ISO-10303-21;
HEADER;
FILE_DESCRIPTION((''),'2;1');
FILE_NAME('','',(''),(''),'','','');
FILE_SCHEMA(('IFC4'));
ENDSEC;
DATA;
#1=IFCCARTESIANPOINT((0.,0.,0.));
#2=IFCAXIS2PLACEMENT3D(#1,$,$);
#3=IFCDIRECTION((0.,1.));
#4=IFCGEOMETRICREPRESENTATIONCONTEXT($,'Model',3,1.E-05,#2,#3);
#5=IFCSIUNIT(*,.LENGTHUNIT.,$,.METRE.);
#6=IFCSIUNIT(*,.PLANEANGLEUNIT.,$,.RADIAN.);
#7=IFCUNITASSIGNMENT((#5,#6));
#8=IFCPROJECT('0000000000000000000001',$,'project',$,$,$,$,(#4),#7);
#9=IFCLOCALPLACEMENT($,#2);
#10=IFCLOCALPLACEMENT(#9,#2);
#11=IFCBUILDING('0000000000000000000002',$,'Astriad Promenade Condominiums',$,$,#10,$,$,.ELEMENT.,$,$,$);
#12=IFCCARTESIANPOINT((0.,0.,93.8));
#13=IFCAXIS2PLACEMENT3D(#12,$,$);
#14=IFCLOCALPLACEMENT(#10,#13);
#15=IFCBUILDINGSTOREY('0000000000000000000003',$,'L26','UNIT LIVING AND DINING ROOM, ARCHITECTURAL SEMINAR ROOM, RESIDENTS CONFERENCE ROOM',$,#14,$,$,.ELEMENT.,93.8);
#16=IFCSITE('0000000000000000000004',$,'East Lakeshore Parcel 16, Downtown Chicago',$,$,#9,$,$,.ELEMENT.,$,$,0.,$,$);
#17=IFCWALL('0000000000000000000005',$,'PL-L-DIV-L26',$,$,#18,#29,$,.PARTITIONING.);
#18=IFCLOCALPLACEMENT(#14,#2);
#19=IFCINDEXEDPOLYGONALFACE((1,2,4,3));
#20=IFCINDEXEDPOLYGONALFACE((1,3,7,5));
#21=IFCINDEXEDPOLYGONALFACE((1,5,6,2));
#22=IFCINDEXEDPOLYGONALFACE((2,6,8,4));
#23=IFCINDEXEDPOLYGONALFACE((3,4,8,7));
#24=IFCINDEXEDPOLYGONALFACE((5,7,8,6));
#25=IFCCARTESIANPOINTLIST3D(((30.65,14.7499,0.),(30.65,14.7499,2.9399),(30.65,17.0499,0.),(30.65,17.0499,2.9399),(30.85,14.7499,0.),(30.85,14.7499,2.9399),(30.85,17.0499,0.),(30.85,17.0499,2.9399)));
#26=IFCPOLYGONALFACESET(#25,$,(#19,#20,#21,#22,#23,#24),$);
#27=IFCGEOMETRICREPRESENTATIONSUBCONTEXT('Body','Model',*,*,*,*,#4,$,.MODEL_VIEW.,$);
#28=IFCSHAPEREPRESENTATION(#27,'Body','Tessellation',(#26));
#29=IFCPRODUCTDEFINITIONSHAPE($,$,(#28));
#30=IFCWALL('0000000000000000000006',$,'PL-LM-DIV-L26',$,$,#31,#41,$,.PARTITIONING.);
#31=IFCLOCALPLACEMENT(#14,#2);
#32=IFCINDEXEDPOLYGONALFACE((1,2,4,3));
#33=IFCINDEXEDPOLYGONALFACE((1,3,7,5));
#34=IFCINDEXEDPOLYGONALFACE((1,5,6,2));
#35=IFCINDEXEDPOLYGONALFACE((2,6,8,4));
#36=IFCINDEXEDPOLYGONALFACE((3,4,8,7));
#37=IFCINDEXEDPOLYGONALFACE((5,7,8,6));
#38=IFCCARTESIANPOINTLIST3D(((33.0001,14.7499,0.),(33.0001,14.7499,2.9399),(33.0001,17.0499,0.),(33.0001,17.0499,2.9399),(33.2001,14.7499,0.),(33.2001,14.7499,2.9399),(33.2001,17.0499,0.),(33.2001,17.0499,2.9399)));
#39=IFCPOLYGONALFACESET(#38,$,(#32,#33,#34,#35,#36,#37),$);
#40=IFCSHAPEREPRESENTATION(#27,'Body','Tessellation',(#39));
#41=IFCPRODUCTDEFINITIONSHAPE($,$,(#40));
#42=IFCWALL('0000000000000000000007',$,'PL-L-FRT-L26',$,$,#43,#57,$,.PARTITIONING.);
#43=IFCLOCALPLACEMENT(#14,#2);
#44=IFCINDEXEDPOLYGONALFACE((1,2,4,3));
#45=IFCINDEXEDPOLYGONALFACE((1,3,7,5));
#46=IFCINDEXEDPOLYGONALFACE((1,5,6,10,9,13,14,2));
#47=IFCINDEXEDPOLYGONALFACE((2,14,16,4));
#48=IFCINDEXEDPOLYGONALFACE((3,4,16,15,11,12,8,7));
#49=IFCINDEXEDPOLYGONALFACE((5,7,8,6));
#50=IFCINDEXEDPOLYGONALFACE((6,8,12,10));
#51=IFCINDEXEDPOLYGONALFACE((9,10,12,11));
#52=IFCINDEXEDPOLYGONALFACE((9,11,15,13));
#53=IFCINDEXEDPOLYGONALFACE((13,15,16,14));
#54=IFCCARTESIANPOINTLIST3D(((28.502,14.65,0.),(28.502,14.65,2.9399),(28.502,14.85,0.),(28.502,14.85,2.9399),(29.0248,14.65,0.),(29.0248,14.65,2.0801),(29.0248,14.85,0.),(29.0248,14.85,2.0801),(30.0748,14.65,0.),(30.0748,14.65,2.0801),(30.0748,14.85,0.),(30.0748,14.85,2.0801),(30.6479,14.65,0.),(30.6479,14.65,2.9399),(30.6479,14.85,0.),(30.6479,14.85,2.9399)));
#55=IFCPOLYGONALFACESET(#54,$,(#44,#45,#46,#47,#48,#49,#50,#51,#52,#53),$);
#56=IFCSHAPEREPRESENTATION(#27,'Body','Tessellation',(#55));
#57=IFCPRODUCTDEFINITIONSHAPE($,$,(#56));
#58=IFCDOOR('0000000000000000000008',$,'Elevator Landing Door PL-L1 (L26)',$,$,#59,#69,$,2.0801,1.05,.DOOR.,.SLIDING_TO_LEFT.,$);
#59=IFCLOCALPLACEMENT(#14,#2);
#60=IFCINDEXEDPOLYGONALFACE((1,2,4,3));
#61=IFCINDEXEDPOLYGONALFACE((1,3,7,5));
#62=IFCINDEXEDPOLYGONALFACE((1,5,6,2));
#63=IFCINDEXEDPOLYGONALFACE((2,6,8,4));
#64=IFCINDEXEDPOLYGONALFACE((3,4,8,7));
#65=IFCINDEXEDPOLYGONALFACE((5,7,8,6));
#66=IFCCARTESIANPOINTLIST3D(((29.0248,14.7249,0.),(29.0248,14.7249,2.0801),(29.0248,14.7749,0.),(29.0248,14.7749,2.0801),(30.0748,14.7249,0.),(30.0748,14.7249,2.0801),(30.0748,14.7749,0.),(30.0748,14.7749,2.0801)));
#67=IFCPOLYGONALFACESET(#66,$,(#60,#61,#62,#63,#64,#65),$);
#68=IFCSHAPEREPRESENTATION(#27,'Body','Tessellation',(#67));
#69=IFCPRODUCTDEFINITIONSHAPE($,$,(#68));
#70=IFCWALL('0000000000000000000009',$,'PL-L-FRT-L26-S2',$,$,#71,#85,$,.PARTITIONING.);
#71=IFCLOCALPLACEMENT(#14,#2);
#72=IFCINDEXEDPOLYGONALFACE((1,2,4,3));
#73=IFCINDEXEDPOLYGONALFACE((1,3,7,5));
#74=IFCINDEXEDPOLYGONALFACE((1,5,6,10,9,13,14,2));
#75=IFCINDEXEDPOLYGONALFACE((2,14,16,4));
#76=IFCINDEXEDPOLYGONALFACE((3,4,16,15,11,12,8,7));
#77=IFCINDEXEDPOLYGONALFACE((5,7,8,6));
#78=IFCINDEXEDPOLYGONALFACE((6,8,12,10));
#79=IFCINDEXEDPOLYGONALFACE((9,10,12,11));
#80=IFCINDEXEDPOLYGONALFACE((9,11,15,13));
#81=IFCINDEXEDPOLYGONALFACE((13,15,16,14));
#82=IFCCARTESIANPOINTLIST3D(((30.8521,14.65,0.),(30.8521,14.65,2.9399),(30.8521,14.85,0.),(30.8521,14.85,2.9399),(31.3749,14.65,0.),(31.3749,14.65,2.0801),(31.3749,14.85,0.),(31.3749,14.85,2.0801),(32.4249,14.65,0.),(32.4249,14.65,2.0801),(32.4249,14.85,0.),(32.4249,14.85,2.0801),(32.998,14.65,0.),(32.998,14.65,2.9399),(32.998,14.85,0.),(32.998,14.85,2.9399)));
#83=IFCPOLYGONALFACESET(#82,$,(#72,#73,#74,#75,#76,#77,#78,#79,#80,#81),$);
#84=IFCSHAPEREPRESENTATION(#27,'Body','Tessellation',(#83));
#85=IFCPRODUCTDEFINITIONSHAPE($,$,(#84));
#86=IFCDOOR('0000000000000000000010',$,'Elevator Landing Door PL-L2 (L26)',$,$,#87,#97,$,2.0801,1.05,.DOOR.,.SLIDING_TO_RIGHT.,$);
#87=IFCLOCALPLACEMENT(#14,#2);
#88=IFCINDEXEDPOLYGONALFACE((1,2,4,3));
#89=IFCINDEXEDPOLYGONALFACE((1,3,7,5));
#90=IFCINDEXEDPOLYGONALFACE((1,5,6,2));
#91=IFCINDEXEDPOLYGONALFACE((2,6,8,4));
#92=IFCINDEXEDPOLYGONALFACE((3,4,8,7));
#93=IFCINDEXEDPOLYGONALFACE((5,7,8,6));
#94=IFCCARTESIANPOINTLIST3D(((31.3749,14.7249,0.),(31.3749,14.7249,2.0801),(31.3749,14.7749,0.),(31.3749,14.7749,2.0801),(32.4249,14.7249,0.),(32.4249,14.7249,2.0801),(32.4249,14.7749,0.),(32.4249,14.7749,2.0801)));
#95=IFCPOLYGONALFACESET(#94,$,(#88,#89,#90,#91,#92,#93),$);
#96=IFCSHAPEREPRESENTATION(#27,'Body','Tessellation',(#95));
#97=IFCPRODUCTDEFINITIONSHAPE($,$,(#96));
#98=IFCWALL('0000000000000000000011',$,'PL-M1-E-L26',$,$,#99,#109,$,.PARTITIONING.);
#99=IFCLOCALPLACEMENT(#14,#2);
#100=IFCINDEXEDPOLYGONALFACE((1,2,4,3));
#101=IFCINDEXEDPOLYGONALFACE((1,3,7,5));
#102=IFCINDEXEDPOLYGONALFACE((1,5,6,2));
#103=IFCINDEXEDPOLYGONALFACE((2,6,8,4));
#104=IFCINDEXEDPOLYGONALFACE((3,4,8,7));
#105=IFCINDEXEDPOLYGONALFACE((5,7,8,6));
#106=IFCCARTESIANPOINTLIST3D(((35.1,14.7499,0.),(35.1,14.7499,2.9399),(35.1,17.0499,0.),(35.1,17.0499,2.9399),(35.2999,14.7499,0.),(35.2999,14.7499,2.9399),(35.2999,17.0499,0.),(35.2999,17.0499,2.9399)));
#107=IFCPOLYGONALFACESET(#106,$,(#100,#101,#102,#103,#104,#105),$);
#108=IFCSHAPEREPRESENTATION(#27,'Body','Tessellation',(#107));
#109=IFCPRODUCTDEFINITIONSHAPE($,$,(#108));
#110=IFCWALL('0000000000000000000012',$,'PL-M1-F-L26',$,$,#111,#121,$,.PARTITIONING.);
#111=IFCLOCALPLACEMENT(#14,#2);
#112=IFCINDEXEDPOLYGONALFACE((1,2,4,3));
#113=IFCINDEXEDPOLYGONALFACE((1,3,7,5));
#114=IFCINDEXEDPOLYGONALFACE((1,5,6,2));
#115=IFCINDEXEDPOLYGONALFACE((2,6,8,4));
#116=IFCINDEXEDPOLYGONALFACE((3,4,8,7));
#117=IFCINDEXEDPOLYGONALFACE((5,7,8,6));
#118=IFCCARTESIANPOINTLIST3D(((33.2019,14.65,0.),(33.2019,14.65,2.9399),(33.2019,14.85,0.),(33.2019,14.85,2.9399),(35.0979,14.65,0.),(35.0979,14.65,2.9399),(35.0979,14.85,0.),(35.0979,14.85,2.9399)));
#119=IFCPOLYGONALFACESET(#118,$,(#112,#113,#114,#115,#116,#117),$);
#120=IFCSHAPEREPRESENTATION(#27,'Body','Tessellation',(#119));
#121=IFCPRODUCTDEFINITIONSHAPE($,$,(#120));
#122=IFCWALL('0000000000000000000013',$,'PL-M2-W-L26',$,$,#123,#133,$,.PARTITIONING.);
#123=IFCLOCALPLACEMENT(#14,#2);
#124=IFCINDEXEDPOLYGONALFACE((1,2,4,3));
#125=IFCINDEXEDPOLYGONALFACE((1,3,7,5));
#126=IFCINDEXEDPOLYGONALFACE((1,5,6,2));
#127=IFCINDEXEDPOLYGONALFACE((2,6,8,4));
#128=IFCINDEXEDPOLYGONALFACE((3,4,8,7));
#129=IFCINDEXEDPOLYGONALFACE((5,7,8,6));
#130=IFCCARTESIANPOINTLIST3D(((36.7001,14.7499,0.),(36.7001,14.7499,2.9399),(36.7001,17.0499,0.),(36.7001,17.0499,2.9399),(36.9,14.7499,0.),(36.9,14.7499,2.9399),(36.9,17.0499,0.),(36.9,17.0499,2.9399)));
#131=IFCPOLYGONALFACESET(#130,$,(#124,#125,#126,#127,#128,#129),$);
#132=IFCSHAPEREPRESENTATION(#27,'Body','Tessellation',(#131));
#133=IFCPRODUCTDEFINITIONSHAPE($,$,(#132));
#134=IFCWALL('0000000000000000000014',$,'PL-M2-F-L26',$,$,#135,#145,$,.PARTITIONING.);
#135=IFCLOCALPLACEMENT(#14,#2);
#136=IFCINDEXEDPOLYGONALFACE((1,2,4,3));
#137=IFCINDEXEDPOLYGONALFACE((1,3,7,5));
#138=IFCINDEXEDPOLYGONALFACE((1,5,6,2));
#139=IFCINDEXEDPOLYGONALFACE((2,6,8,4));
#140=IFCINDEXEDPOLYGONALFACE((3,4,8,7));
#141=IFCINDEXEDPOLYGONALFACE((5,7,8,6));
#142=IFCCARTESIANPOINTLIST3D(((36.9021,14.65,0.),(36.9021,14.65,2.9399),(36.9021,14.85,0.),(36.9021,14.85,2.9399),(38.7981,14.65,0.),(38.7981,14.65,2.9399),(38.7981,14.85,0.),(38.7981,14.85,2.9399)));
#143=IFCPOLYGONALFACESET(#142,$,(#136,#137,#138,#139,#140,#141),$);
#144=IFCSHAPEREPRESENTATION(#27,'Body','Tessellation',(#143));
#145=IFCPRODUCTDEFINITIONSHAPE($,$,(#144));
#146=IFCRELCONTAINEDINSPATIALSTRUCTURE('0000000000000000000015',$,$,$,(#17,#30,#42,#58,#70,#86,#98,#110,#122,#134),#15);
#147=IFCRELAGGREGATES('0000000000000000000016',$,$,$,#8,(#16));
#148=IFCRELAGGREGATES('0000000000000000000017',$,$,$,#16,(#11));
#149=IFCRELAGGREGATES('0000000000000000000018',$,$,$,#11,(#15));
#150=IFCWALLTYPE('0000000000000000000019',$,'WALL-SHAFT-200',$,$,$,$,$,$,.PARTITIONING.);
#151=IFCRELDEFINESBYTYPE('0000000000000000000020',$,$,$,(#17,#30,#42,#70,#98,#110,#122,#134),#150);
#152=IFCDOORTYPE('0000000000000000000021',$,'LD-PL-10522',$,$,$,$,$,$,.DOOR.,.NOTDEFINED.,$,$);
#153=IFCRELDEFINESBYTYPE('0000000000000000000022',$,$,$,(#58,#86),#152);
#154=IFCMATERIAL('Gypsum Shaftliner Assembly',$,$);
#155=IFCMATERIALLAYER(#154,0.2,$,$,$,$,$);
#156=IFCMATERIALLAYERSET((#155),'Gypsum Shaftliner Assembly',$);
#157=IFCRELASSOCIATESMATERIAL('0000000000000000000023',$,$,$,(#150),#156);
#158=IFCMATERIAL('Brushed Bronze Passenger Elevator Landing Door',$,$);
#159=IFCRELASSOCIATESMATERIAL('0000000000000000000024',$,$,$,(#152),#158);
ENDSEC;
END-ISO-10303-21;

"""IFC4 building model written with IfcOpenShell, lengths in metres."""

from ifc_helpers import new_model, si_unit, direction, frame, frame_2d, origin, place, context, subcontext, project, spatial, rectangle, extrude, source, transform, mapped, material, layer, layer_set, type_object, type_shapes, element, fill, save


model = new_model("IFC4")

# Units and contexts
model_context = context("Model", 3, precision=1e-05, world=origin(), true_north=direction((0.0, 1.0)))
body_context = subcontext(model_context, "Body", "Model", "MODEL_VIEW")
ifc_project = project(units=[si_unit("LENGTHUNIT", "METRE"), si_unit("PLANEANGLEUNIT", "RADIAN")], contexts=[model_context])

# Site, building, storey
site_placement = place(None, origin())
site = spatial("IfcSite", under=ifc_project, at=site_placement, Name="East Lakeshore Parcel 16, Downtown Chicago", CompositionType="ELEMENT", RefElevation=0.0)
building_placement = place(site_placement, origin())
building = spatial("IfcBuilding", under=site, at=building_placement, Name="Astriad Promenade Condominiums", CompositionType="ELEMENT")
storey_placement = place(building_placement, frame((0.0, 0.0, 93.8)))
storey = spatial("IfcBuildingStorey", under=building, at=storey_placement, Name="L26", Description="UNIT LIVING AND DINING ROOM, ARCHITECTURAL SEMINAR ROOM, RESIDENTS CONFERENCE ROOM", CompositionType="ELEMENT", Elevation=93.8)

# Walls
ifc_material_1 = material(Name="Gypsum Shaftliner Assembly")
ifc_layer_1 = layer(ifc_material_1, 0.2)
ifc_layer_set_1 = layer_set([ifc_layer_1], Name="Gypsum Shaftliner Assembly")
wall_type_1 = type_object("IfcWallType", Name="WALL-SHAFT-200", PredefinedType="PARTITIONING", material=ifc_layer_set_1)
for number, where, z_axis, x_axis, name in (
    (1, (30.75, 14.75, 0.0), (0.0, 0.0, 1.0), (0.0, 1.0, 0.0), "PL-L-DIV-L26"),
    (2, (33.1001, 14.75, 0.0), (0.0, 0.0, 1.0), (0.0, 1.0, 0.0), "PL-LM-DIV-L26"),
):
    element("IfcWall", number, at=place(storey_placement, frame(where, z_axis=z_axis, x_axis=x_axis)), inside=storey, type_object=wall_type_1, Name=name, PredefinedType="PARTITIONING", context=body_context, shape_type="SweptSolid", body=[
        extrude(rectangle(XDim=2.3, YDim=0.2, at=frame_2d((1.1499, 0.0))), origin(), (0.0, 0.0, 1.0), 2.9399),
    ])

# Walls, openings, doors
wall_1_placement = place(storey_placement, frame((28.502, 14.75, 0.0), z_axis=(0.0, 0.0, 1.0), x_axis=(1.0, 0.0, 0.0)))
wall_1 = element("IfcWall", 3, at=wall_1_placement, inside=storey, type_object=wall_type_1, Name="PL-L-FRT-L26", PredefinedType="PARTITIONING", context=body_context, shape_type="SweptSolid", body=[
    extrude(rectangle(XDim=2.146, YDim=0.2, at=frame_2d((1.073, 0.0))), origin(), (0.0, 0.0, 1.0), 2.9399),
])
opening_1_placement = place(wall_1_placement, frame((0.5229, 0.0, 0.0)))
opening_1 = element("IfcOpeningElement", 4, at=opening_1_placement, cuts=wall_1, PredefinedType="OPENING", context=body_context, shape_type="SweptSolid", body=[
    extrude(rectangle(XDim=1.05, YDim=2.0801, at=frame_2d((0.5249, 1.04))), frame((0.0, 0.1099, 0.0), z_axis=(0.0, -1.0, 0.0), x_axis=(1.0, 0.0, 0.0)), (0.0, 0.0, 1.0), 0.22),
])
ifc_material_2 = material(Name="Brushed Bronze Passenger Elevator Landing Door")
door_type_1 = type_object("IfcDoorType", Name="LD-PL-10522", OperationType="NOTDEFINED", PredefinedType="DOOR", material=ifc_material_2)
shared_shape_1 = source(origin(), body_context, "Body", "SweptSolid", [
    extrude(rectangle(XDim=1.05, YDim=2.0801, at=frame_2d((0.5249, 1.04))), frame((0.0, 0.0249, 0.0), z_axis=(0.0, -1.0, 0.0), x_axis=(1.0, 0.0, 0.0)), (0.0, 0.0, 1.0), 0.05),
])
type_shapes(door_type_1, [shared_shape_1])
door_1_placement = place(opening_1_placement, origin())
door_1 = element("IfcDoor", 5, at=door_1_placement, inside=storey, type_object=door_type_1, Name="Elevator Landing Door PL-L1 (L26)", OperationType="SLIDING_TO_LEFT", OverallHeight=2.0801, OverallWidth=1.05, PredefinedType="DOOR", context=body_context, shape_type="MappedRepresentation", body=[
    mapped(shared_shape_1, transform((0.0, 0.0, 0.0), scale=1.0)),
])
fill(opening_1, door_1)
wall_2_placement = place(storey_placement, frame((30.8521, 14.75, 0.0), z_axis=(0.0, 0.0, 1.0), x_axis=(1.0, 0.0, 0.0)))
wall_2 = element("IfcWall", 6, at=wall_2_placement, inside=storey, type_object=wall_type_1, Name="PL-L-FRT-L26-S2", PredefinedType="PARTITIONING", context=body_context, shape_type="SweptSolid", body=[
    extrude(rectangle(XDim=2.146, YDim=0.2, at=frame_2d((1.073, 0.0))), origin(), (0.0, 0.0, 1.0), 2.9399),
])
opening_2_placement = place(wall_2_placement, frame((0.5229, 0.0, 0.0)))
opening_2 = element("IfcOpeningElement", 7, at=opening_2_placement, cuts=wall_2, PredefinedType="OPENING", context=body_context, shape_type="SweptSolid", body=[
    extrude(rectangle(XDim=1.05, YDim=2.0801, at=frame_2d((0.5249, 1.04))), frame((0.0, 0.1099, 0.0), z_axis=(0.0, -1.0, 0.0), x_axis=(1.0, 0.0, 0.0)), (0.0, 0.0, 1.0), 0.22),
])
door_2_placement = place(opening_2_placement, origin())
door_2 = element("IfcDoor", 8, at=door_2_placement, inside=storey, type_object=door_type_1, Name="Elevator Landing Door PL-L2 (L26)", OperationType="SLIDING_TO_RIGHT", OverallHeight=2.0801, OverallWidth=1.05, PredefinedType="DOOR", context=body_context, shape_type="MappedRepresentation", body=[
    mapped(shared_shape_1, transform((0.0, 0.0, 0.0), scale=1.0)),
])
fill(opening_2, door_2)

# Walls
wall_3_placement = place(storey_placement, frame((35.2, 14.75, 0.0), z_axis=(0.0, 0.0, 1.0), x_axis=(0.0, 1.0, 0.0)))
element("IfcWall", 9, at=wall_3_placement, inside=storey, type_object=wall_type_1, Name="PL-M1-E-L26", PredefinedType="PARTITIONING", context=body_context, shape_type="SweptSolid", body=[
    extrude(rectangle(XDim=2.3, YDim=0.2, at=frame_2d((1.1499, 0.0))), origin(), (0.0, 0.0, 1.0), 2.9399),
])
wall_4_placement = place(storey_placement, frame((33.2019, 14.75, 0.0), z_axis=(0.0, 0.0, 1.0), x_axis=(1.0, 0.0, 0.0)))
element("IfcWall", 10, at=wall_4_placement, inside=storey, type_object=wall_type_1, Name="PL-M1-F-L26", PredefinedType="PARTITIONING", context=body_context, shape_type="SweptSolid", body=[
    extrude(rectangle(XDim=1.896, YDim=0.2, at=frame_2d((0.948, 0.0))), origin(), (0.0, 0.0, 1.0), 2.9399),
])
wall_5_placement = place(storey_placement, frame((36.8, 14.75, 0.0), z_axis=(0.0, 0.0, 1.0), x_axis=(0.0, 1.0, 0.0)))
element("IfcWall", 11, at=wall_5_placement, inside=storey, type_object=wall_type_1, Name="PL-M2-W-L26", PredefinedType="PARTITIONING", context=body_context, shape_type="SweptSolid", body=[
    extrude(rectangle(XDim=2.3, YDim=0.2, at=frame_2d((1.1499, 0.0))), origin(), (0.0, 0.0, 1.0), 2.9399),
])
wall_6_placement = place(storey_placement, frame((36.9021, 14.75, 0.0), z_axis=(0.0, 0.0, 1.0), x_axis=(1.0, 0.0, 0.0)))
element("IfcWall", 12, at=wall_6_placement, inside=storey, type_object=wall_type_1, Name="PL-M2-F-L26", PredefinedType="PARTITIONING", context=body_context, shape_type="SweptSolid", body=[
    extrude(rectangle(XDim=1.896, YDim=0.2, at=frame_2d((0.948, 0.0))), origin(), (0.0, 0.0, 1.0), 2.9399),
])

save(model, "model.ifc")
